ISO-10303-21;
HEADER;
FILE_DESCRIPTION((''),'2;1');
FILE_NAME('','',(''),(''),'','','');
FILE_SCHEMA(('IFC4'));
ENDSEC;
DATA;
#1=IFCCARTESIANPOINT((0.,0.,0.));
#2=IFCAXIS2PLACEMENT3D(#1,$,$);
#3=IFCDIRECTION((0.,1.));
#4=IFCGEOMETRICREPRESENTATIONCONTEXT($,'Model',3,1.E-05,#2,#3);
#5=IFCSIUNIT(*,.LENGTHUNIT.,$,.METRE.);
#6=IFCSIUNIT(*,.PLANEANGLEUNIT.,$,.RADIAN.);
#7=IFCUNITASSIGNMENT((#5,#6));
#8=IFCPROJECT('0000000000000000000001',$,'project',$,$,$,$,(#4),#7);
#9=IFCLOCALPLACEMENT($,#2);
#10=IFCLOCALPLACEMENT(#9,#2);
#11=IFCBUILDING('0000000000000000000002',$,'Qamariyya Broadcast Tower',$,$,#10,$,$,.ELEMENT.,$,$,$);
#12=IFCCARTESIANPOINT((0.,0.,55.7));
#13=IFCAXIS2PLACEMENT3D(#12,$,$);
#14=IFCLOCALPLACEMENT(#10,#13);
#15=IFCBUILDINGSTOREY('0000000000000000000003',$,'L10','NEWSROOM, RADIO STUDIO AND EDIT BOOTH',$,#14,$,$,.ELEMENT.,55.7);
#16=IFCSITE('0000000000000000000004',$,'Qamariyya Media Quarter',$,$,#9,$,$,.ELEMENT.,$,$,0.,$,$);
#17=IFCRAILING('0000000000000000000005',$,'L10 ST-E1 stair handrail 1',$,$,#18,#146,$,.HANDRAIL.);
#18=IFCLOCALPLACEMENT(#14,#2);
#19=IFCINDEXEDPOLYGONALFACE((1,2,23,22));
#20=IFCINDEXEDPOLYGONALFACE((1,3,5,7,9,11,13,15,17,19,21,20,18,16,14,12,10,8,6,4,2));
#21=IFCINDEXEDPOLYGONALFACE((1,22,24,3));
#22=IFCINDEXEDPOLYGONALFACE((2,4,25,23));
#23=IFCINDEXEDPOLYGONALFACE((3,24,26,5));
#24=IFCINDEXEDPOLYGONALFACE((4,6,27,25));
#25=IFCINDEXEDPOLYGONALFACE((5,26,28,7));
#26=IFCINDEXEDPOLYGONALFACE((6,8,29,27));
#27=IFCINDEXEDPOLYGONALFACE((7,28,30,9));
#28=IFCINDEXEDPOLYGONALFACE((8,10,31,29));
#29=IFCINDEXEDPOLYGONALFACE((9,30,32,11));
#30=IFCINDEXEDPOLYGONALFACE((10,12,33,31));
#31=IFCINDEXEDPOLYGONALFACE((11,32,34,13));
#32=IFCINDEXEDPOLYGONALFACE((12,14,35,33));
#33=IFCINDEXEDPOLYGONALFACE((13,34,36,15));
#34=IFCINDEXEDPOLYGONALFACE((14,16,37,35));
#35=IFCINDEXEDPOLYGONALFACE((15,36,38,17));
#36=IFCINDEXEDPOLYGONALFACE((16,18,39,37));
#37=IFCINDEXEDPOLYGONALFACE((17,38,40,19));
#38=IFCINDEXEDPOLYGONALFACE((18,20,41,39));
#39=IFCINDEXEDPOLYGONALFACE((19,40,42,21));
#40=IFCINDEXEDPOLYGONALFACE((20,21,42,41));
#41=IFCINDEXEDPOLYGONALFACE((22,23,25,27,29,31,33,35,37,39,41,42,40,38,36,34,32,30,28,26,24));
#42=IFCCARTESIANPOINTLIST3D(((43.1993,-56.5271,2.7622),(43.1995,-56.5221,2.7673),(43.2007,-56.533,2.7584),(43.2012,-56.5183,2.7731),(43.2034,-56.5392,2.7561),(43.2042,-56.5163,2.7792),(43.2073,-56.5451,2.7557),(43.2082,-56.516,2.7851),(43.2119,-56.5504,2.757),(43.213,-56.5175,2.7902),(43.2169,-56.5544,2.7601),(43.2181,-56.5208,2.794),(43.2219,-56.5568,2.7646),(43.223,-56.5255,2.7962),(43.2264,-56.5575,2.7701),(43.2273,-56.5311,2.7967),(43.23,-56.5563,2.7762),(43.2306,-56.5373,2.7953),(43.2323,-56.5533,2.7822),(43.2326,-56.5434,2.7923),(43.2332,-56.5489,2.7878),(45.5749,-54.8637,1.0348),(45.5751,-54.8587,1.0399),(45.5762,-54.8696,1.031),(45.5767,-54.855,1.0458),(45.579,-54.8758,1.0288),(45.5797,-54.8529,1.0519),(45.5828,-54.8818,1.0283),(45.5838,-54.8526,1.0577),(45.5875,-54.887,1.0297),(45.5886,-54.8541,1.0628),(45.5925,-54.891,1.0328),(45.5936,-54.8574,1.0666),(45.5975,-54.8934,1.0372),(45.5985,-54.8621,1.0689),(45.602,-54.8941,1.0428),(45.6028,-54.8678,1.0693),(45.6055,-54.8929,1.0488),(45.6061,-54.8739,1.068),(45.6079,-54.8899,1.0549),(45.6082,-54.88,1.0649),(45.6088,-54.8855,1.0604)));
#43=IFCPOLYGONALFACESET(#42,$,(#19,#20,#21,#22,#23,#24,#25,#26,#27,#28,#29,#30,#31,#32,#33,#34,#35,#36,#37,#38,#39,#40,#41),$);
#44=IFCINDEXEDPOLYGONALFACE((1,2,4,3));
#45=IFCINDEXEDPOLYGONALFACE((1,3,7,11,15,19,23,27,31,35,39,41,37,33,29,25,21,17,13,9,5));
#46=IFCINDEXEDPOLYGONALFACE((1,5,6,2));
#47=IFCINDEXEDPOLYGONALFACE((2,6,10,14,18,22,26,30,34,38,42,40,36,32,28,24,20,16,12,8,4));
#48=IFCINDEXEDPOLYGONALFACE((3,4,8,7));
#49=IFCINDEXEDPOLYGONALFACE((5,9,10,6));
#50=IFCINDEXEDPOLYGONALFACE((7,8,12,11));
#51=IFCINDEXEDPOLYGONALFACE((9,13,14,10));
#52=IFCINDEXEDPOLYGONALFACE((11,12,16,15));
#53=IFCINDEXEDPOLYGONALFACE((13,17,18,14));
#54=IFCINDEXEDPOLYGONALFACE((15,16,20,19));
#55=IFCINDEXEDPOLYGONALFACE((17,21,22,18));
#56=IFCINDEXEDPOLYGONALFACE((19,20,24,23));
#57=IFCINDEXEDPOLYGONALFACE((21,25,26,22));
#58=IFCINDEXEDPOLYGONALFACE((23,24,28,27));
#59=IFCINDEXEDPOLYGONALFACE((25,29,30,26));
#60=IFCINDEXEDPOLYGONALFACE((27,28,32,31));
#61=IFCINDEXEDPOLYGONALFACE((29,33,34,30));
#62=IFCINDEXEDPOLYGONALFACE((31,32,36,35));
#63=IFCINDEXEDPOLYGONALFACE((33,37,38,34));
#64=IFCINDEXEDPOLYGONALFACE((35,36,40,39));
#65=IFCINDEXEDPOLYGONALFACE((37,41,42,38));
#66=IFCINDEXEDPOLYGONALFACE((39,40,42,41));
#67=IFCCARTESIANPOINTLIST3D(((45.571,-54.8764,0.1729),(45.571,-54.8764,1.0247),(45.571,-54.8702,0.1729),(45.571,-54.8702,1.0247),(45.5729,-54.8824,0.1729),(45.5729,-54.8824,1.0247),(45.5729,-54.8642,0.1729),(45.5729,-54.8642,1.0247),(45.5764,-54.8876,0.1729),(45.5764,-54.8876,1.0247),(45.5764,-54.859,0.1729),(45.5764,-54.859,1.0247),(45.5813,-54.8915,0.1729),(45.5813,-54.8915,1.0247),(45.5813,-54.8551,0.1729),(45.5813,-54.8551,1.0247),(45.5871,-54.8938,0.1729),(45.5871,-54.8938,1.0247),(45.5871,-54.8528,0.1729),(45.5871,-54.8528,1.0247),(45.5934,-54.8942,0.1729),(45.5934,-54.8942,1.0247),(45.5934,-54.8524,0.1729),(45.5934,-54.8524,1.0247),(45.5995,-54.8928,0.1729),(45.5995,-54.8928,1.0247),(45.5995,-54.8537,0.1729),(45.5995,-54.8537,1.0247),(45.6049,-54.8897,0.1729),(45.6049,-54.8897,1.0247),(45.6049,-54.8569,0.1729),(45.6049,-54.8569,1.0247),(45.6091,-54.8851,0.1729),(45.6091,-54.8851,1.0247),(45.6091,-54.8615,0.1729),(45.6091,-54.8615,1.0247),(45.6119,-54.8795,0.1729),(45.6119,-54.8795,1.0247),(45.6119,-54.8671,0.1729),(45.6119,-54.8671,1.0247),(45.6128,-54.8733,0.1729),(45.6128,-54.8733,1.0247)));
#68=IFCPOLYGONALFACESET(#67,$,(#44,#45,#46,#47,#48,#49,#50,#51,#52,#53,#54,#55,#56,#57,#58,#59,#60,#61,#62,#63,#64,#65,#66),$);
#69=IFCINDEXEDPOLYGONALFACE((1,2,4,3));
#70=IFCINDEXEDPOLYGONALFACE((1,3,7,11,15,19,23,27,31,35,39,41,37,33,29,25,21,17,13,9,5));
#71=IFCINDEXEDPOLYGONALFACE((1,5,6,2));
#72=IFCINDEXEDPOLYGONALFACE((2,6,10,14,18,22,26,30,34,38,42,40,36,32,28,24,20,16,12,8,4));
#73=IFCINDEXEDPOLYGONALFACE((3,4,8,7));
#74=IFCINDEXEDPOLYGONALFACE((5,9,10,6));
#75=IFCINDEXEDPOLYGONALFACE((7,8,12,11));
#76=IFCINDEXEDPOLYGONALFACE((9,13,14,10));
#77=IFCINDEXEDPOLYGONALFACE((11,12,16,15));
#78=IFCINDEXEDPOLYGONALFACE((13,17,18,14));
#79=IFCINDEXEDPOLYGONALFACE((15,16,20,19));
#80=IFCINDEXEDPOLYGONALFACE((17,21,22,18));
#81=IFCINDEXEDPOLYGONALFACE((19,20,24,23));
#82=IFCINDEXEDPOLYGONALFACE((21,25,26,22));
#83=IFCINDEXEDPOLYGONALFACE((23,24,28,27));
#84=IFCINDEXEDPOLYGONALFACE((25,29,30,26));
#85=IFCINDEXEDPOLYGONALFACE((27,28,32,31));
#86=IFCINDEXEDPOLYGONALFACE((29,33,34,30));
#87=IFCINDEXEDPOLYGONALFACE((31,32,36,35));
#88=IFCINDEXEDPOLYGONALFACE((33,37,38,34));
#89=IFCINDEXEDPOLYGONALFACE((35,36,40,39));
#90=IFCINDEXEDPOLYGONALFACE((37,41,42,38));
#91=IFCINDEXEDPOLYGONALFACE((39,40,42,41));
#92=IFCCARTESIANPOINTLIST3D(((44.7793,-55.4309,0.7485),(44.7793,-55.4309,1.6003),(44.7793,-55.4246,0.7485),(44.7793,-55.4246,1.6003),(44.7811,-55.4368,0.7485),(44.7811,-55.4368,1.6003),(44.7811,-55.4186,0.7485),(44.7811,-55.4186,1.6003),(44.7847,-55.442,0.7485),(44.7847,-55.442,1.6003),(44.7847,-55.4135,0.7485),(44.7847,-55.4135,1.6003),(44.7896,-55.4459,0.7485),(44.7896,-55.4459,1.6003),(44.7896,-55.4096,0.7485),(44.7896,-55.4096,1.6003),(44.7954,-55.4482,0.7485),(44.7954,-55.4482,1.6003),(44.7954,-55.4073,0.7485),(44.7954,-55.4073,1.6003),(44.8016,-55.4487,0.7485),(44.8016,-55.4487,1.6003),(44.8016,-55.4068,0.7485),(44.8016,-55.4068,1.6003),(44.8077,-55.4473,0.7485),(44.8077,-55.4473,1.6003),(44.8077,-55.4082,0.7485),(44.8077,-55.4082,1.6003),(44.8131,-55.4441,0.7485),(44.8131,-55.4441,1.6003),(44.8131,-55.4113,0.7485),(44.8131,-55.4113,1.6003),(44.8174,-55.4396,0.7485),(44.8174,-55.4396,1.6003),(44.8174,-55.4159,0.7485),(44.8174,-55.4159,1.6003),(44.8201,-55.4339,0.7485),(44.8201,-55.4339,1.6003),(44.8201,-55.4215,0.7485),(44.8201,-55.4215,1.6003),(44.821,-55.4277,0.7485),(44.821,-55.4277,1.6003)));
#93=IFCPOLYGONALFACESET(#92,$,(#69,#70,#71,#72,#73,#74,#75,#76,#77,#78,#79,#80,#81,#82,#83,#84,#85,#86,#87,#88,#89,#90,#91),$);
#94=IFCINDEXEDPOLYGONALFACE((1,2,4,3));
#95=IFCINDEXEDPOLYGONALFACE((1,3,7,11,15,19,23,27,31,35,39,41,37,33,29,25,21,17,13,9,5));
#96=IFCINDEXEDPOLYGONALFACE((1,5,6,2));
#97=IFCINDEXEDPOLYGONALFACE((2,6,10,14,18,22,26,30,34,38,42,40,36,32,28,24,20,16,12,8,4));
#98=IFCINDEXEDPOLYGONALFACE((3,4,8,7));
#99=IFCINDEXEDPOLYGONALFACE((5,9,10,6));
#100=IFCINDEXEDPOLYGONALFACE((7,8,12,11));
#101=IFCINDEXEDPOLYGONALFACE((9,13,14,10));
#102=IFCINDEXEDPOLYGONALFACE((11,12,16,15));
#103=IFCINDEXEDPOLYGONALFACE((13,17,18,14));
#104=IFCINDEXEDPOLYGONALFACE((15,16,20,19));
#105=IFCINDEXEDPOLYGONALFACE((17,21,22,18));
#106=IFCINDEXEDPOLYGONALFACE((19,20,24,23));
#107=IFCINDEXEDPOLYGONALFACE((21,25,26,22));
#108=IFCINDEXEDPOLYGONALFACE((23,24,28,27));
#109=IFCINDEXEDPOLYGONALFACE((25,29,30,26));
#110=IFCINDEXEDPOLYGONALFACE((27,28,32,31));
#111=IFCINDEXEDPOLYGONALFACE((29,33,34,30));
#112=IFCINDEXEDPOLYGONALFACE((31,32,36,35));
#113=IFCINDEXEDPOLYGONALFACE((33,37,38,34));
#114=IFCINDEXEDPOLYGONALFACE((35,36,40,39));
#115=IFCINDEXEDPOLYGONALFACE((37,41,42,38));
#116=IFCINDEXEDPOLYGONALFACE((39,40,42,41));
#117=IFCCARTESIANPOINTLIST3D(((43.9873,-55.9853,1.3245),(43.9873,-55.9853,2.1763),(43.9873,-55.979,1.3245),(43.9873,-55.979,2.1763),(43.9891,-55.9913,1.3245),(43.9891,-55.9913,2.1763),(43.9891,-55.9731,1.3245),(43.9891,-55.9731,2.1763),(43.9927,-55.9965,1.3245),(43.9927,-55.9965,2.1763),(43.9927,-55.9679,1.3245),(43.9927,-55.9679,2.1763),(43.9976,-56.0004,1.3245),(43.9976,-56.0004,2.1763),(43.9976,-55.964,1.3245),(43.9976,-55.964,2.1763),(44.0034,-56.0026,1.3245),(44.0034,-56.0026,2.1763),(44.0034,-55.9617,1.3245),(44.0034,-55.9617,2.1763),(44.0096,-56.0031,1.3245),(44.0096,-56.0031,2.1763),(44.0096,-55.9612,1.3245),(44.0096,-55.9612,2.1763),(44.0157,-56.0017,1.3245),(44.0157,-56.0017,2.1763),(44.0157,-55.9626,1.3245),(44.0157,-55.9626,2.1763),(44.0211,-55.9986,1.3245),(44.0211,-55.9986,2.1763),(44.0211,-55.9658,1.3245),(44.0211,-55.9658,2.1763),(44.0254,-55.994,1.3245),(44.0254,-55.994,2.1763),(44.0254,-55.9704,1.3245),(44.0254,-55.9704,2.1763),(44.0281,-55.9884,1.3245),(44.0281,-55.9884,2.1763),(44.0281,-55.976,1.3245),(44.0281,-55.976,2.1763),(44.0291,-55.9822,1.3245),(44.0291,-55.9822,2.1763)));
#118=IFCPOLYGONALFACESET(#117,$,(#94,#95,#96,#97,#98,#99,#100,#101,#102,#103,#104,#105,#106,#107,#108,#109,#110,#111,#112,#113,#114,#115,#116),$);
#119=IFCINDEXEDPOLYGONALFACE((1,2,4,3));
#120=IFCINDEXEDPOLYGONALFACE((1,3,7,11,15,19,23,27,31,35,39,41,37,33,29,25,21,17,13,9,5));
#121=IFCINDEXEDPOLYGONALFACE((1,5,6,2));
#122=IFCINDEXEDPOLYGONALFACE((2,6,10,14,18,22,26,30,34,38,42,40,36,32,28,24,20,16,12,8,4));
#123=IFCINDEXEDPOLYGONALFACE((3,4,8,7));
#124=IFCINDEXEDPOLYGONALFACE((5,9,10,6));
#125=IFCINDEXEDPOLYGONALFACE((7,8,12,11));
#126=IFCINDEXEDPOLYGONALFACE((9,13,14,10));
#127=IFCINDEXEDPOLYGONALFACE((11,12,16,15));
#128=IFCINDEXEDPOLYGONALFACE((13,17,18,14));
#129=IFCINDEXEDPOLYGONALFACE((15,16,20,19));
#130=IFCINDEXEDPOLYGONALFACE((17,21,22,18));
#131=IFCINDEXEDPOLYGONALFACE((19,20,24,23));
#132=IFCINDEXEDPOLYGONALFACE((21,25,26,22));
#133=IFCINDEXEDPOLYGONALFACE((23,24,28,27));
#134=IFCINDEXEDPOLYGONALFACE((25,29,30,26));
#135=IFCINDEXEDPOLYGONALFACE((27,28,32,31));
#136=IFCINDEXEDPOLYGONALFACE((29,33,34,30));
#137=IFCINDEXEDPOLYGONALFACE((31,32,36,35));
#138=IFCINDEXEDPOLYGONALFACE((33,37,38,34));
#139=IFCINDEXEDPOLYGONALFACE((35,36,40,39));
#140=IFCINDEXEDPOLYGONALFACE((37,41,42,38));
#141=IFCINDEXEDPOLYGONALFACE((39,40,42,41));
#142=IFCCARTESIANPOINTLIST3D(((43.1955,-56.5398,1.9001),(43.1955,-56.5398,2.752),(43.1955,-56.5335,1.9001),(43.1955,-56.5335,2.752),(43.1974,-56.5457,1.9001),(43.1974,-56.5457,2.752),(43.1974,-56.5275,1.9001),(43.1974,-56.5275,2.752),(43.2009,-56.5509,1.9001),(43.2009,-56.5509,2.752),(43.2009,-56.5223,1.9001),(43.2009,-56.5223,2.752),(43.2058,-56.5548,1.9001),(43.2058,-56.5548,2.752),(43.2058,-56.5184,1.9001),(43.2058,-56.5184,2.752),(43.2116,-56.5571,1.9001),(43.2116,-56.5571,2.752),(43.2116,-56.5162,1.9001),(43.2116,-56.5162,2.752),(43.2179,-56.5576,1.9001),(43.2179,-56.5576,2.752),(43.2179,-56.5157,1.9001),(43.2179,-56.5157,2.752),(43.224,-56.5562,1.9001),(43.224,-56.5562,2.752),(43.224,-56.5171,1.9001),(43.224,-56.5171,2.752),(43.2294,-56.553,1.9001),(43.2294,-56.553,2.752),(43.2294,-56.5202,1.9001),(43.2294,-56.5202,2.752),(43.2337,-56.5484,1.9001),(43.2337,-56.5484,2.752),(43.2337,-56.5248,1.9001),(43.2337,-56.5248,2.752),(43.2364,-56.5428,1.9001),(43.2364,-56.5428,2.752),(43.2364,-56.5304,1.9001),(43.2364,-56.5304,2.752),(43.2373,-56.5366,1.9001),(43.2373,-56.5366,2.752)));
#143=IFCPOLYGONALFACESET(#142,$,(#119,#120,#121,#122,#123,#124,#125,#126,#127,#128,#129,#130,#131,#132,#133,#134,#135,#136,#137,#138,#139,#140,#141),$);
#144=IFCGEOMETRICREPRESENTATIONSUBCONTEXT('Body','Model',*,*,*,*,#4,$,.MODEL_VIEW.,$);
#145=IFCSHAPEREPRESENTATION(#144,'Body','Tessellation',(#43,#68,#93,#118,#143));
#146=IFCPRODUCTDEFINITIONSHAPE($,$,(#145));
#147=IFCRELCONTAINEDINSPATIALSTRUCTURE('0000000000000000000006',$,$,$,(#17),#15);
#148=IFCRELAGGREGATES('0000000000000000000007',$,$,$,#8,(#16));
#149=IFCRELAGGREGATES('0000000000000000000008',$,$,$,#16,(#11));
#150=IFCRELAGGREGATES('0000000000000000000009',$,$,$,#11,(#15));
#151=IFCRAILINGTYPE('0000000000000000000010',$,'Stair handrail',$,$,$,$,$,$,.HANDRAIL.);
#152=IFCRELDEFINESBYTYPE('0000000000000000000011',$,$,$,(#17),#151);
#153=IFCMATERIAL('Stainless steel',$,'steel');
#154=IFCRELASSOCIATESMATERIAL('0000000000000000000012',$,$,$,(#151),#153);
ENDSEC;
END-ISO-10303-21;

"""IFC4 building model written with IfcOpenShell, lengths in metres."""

from ifc_helpers import new_model, si_unit, direction, frame, origin, origin_2d, place, context, subcontext, project, spatial, circle, extrude, material, type_object, element, save


model = new_model("IFC4")

# Units and contexts
model_context = context("Model", 3, precision=1e-05, world=origin(), true_north=direction((0.0, 1.0)))
body_context = subcontext(model_context, "Body", "Model", "MODEL_VIEW")
ifc_project = project(units=[si_unit("LENGTHUNIT", "METRE"), si_unit("PLANEANGLEUNIT", "RADIAN")], contexts=[model_context])

# Site, building, storey
site_placement = place(None, origin())
site = spatial("IfcSite", under=ifc_project, at=site_placement, Name="Qamariyya Media Quarter", CompositionType="ELEMENT", RefElevation=0.0)
building_placement = place(site_placement, origin())
building = spatial("IfcBuilding", under=site, at=building_placement, Name="Qamariyya Broadcast Tower", CompositionType="ELEMENT")
storey_placement = place(building_placement, frame((0.0, 0.0, 55.7)))
storey = spatial("IfcBuildingStorey", under=building, at=storey_placement, Name="L10", Description="NEWSROOM, RADIO STUDIO AND EDIT BOOTH", CompositionType="ELEMENT", Elevation=55.7)

# Railing
ifc_material_1 = material(Name="Stainless steel", Category="steel")
railing_type_1 = type_object("IfcRailingType", Name="Stair handrail", PredefinedType="HANDRAIL", material=ifc_material_1)
railing_1_placement = place(storey_placement, frame((45.5918, -54.8733, 0.1729)))
element("IfcRailing", 1, at=railing_1_placement, inside=storey, type_object=railing_type_1, Name="L10 ST-E1 stair handrail 1", PredefinedType="HANDRAIL", context=body_context, shape_type="SweptSolid", body=[
    extrude(circle(Radius=0.0239, at=origin_2d()), frame((0.0, 0.0, 0.876), z_axis=(-0.70377, -0.492784, 0.511734), x_axis=(0.573575, -0.819153, 0.0)), (0.0, 0.0, 1.0), 3.3755),
    extrude(circle(Radius=0.021, at=origin_2d()), origin(), (0.0, 0.0, 1.0), 0.8518),
    extrude(circle(Radius=0.021, at=origin_2d()), frame((-0.7917, -0.5544, 0.5757)), (0.0, 0.0, 1.0), 0.8518),
    extrude(circle(Radius=0.021, at=origin_2d()), frame((-1.5837, -1.1089, 1.1516)), (0.0, 0.0, 1.0), 0.8518),
    extrude(circle(Radius=0.021, at=origin_2d()), frame((-2.3755, -1.6633, 1.7273)), (0.0, 0.0, 1.0), 0.8518),
])

save(model, "model.ifc")
